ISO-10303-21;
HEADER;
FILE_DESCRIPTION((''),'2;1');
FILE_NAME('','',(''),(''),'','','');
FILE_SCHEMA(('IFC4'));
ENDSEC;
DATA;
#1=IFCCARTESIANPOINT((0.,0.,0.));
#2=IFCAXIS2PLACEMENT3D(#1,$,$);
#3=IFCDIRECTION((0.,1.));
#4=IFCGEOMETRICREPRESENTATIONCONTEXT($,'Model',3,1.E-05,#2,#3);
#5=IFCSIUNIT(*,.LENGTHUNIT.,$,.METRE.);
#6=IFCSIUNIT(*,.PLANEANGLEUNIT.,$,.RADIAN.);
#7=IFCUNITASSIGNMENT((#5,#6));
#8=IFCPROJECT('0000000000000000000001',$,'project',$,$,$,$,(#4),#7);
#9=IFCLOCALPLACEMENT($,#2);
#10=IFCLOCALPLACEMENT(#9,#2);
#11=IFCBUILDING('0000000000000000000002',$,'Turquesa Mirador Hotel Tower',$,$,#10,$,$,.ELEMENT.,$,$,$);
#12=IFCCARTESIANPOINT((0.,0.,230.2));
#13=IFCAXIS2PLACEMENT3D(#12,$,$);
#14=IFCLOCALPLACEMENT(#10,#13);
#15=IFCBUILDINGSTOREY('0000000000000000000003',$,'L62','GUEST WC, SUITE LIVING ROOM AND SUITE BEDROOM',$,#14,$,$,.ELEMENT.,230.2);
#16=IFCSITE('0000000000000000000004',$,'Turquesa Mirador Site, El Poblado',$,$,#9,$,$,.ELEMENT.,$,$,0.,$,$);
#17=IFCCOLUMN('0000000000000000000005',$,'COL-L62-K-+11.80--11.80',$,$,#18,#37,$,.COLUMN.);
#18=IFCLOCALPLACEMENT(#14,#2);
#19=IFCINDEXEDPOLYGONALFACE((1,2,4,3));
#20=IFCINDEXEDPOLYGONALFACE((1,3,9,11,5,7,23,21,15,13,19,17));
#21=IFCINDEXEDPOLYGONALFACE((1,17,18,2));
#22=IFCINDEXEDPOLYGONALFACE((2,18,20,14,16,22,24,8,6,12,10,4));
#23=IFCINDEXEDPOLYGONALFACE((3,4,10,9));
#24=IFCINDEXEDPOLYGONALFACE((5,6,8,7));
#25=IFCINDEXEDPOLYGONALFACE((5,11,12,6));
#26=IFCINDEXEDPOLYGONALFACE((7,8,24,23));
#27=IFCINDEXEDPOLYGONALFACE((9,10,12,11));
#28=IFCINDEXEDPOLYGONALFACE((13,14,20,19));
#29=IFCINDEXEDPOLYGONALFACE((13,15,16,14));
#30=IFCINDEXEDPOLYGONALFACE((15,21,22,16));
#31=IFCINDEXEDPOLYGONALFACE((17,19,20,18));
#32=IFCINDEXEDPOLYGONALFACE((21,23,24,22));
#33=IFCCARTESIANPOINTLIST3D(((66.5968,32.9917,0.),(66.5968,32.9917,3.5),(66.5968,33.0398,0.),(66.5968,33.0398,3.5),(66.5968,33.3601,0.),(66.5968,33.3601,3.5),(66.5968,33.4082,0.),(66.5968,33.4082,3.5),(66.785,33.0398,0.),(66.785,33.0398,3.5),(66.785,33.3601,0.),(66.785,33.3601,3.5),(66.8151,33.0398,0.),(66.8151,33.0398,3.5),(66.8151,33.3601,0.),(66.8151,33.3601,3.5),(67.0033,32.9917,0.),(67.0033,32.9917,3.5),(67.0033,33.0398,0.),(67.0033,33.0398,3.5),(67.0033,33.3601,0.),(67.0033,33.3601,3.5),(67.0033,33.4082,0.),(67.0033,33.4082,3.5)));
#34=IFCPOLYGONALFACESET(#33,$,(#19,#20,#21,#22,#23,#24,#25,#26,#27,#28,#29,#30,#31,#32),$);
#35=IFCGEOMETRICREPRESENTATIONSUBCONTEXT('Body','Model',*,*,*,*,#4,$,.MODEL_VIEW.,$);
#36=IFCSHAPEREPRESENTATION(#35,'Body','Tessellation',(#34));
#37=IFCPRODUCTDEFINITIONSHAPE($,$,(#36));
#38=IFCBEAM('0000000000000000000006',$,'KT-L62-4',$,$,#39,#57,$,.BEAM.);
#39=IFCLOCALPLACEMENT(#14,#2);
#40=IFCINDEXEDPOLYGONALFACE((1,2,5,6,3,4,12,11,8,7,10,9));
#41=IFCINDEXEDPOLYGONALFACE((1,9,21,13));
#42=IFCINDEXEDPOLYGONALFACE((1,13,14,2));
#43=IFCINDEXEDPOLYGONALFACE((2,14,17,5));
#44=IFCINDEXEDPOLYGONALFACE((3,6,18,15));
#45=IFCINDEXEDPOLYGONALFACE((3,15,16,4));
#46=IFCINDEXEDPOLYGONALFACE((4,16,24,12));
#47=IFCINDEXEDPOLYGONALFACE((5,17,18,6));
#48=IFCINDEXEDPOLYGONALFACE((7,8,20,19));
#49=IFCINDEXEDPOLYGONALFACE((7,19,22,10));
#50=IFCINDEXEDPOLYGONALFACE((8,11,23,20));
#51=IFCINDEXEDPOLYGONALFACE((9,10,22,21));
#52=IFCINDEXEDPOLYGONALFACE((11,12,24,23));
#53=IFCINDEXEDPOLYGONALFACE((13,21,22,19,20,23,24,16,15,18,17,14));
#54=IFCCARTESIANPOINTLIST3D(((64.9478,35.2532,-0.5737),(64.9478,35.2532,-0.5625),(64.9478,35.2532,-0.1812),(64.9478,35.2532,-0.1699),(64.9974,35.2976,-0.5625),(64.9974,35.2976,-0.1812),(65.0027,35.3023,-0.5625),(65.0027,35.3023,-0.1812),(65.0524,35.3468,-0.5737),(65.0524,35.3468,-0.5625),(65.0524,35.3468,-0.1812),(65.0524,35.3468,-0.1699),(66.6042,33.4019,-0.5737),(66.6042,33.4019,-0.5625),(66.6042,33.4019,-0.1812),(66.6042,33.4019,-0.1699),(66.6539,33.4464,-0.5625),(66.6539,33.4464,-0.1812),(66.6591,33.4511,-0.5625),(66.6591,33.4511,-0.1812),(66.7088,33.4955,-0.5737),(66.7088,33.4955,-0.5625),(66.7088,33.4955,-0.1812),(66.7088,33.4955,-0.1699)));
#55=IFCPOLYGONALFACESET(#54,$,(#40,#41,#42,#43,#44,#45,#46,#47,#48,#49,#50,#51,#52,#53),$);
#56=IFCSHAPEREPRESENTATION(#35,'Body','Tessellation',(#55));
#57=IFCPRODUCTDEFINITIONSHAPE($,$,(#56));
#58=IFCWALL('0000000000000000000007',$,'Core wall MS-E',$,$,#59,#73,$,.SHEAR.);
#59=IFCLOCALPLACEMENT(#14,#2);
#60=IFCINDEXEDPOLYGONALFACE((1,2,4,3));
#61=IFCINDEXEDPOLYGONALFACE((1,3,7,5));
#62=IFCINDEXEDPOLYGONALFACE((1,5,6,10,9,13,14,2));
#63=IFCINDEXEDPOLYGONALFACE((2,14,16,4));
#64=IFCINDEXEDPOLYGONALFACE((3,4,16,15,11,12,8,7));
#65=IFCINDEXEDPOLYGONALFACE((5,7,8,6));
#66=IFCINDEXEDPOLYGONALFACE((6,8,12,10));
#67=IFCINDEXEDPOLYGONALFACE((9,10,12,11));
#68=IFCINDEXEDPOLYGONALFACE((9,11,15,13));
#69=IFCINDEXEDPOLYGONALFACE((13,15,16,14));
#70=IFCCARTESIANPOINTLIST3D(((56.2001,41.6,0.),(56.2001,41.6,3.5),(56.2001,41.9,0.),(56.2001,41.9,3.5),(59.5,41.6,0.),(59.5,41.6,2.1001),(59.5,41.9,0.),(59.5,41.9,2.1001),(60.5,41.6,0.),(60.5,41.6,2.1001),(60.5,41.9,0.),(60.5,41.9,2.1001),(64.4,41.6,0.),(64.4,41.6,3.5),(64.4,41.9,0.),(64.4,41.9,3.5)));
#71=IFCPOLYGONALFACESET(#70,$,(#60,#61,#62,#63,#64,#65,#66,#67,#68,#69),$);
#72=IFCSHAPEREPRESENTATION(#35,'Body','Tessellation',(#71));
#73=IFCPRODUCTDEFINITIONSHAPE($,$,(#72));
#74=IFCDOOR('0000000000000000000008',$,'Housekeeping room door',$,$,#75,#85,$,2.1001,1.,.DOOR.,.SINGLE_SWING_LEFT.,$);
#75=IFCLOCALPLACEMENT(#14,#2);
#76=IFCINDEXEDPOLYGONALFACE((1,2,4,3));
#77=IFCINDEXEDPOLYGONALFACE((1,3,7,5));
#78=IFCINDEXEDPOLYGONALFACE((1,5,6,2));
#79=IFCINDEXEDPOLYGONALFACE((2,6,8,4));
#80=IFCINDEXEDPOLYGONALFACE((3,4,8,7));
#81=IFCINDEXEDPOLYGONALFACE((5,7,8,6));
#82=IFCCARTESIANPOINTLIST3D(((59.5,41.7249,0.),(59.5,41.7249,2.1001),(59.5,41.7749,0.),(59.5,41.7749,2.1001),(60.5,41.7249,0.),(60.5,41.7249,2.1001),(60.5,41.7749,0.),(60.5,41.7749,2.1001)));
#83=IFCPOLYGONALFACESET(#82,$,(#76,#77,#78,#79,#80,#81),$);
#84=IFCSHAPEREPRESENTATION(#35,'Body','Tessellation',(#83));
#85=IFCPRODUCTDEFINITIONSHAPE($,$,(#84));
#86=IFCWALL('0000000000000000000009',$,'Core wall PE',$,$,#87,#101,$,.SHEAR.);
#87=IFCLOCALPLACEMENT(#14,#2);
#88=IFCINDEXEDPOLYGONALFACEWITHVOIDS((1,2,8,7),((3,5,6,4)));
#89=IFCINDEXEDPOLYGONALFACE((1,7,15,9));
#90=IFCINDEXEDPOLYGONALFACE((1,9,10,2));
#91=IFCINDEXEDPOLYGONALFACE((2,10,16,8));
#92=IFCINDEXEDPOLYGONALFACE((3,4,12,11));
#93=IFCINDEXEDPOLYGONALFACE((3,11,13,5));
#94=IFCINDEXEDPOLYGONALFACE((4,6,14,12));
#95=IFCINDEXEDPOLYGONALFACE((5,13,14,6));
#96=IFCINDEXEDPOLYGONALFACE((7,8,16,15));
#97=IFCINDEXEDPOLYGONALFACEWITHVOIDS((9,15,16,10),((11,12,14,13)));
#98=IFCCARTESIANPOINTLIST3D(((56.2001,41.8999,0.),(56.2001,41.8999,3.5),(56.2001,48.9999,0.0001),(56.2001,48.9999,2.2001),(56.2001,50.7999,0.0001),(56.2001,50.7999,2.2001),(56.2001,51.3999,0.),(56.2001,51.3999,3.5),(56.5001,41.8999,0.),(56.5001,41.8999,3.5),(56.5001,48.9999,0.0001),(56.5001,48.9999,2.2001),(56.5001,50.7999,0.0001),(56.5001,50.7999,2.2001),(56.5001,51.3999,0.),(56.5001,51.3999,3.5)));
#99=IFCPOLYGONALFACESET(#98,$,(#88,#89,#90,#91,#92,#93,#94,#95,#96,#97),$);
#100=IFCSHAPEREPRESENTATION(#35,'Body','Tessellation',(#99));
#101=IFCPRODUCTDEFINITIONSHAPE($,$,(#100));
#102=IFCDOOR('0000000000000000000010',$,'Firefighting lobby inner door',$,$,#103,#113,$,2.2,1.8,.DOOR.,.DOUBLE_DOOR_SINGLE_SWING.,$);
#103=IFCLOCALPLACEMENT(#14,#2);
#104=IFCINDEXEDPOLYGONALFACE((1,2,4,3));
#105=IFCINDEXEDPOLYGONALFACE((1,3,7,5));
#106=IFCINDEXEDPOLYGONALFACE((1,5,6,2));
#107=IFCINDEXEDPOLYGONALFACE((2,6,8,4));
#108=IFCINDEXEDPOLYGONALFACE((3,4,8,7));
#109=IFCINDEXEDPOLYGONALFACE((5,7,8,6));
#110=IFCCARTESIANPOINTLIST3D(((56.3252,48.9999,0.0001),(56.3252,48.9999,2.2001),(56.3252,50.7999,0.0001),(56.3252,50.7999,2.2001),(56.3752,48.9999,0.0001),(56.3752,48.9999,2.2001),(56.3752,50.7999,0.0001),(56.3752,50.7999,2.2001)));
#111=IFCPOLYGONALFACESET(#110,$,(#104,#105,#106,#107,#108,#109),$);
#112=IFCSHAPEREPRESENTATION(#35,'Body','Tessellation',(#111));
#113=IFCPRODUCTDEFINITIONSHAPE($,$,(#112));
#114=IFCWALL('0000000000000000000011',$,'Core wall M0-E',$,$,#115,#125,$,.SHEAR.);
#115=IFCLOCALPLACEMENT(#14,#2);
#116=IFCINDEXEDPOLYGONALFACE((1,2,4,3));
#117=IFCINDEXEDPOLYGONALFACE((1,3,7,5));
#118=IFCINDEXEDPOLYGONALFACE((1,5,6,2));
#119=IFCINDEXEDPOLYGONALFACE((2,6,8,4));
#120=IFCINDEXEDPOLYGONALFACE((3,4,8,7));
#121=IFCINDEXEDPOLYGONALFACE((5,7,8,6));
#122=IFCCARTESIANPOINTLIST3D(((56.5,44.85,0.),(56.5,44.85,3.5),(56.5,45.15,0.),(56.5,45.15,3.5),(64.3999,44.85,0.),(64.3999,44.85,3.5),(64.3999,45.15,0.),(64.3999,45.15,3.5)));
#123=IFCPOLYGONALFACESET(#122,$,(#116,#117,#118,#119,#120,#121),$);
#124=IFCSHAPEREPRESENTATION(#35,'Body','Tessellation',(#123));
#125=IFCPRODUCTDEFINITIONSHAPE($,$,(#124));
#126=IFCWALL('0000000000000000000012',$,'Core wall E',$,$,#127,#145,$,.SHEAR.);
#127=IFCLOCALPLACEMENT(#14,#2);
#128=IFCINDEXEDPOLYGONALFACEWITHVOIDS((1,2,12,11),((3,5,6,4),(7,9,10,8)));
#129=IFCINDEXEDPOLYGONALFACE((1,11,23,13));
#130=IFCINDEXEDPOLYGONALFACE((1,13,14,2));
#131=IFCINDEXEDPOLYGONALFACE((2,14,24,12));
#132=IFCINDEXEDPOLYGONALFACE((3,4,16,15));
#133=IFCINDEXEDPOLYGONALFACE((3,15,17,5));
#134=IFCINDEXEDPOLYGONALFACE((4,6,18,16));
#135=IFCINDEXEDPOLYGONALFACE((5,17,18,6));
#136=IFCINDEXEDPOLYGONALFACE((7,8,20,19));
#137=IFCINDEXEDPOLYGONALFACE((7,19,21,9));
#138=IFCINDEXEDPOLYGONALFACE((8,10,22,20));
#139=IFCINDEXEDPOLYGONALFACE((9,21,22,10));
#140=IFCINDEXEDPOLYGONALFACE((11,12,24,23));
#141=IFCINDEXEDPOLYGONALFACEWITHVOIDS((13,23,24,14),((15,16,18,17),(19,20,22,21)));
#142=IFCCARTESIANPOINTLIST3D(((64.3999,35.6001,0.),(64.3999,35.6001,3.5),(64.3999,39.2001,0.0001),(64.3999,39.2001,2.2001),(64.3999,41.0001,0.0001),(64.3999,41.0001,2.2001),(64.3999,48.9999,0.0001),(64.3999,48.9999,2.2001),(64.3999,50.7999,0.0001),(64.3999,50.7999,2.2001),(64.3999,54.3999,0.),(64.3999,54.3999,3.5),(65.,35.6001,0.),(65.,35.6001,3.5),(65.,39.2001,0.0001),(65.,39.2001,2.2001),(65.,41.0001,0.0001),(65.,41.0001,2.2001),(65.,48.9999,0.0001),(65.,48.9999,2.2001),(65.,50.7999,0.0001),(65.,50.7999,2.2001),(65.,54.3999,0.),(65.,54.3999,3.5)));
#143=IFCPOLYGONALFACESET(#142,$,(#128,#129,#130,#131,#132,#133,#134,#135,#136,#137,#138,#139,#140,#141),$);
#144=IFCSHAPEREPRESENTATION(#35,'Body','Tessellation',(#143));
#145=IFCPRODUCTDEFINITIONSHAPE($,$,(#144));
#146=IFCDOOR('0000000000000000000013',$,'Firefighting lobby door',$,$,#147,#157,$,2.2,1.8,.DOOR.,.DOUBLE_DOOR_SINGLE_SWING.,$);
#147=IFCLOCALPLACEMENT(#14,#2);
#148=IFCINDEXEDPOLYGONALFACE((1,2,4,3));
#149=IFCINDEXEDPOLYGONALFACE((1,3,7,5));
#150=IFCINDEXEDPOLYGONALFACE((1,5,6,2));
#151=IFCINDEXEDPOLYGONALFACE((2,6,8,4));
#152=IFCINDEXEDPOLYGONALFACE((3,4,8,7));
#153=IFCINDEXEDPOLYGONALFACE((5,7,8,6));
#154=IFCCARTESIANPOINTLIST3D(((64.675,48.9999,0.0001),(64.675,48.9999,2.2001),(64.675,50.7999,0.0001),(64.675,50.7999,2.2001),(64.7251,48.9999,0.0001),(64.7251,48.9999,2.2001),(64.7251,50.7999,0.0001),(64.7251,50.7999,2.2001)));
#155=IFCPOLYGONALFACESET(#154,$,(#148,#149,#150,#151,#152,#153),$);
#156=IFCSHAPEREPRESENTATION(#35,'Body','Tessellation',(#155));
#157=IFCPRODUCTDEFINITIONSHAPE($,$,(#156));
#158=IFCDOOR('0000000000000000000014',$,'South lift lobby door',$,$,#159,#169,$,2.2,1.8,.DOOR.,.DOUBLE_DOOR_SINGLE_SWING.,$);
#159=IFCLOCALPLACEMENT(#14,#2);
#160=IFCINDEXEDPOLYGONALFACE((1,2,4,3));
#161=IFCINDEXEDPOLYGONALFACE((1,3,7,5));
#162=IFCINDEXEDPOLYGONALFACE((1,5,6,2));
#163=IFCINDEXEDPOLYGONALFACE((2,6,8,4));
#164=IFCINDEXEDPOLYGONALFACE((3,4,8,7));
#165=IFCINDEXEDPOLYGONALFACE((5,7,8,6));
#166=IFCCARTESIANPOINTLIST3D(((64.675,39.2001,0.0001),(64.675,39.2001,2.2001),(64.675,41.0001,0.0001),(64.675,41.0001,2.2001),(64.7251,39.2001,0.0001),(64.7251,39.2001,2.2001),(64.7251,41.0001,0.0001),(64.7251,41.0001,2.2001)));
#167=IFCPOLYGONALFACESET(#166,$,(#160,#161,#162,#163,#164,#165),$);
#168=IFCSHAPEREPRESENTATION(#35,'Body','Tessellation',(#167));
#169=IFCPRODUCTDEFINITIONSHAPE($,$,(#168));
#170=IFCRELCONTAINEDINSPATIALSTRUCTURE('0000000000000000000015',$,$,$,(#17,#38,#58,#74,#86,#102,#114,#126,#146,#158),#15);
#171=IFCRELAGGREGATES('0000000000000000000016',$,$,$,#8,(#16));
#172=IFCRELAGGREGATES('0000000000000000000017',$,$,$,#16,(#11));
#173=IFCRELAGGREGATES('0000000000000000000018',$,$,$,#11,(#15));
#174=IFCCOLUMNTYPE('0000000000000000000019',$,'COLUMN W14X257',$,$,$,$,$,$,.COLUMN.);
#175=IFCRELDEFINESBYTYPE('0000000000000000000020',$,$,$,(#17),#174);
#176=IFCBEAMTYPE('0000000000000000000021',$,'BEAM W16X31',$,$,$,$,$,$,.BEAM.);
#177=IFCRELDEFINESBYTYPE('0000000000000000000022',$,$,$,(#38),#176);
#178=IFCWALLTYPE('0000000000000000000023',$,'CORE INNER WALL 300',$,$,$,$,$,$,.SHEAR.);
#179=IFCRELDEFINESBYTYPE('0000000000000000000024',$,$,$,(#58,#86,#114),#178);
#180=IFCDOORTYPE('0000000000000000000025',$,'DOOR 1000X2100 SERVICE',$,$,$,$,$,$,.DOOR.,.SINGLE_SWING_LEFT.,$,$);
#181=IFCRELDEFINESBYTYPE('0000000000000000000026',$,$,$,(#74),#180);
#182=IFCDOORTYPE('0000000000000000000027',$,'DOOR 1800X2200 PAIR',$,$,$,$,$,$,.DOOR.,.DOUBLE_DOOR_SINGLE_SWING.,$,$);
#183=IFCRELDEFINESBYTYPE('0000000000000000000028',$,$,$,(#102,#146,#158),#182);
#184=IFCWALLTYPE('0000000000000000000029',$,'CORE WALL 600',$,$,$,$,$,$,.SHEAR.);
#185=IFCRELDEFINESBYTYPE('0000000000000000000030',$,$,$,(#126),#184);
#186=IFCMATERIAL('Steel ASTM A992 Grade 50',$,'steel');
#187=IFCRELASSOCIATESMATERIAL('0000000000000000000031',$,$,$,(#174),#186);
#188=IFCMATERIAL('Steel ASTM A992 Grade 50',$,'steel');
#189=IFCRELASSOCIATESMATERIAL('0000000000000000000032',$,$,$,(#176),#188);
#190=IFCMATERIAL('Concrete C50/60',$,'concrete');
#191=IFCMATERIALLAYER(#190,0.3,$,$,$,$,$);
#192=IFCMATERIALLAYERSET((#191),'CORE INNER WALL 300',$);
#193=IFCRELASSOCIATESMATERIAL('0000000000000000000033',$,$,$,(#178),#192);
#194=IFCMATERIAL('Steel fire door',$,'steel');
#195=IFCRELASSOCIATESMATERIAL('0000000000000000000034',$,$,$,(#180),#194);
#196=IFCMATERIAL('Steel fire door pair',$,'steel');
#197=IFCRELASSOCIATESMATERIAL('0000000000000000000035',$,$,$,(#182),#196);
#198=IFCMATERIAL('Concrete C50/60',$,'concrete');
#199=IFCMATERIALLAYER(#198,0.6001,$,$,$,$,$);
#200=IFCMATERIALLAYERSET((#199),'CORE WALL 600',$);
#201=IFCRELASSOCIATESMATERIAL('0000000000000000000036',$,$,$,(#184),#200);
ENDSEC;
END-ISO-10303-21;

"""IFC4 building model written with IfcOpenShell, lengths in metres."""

from ifc_helpers import new_model, si_unit, direction, frame, frame_2d, origin, origin_2d, place, context, subcontext, project, spatial, rectangle, i_section, extrude, material, layer, layer_set, material_profile, profile_set, type_object, element, fill, save


model = new_model("IFC4")

# Units and contexts
model_context = context("Model", 3, precision=1e-05, world=origin(), true_north=direction((0.0, 1.0)))
body_context = subcontext(model_context, "Body", "Model", "MODEL_VIEW")
ifc_project = project(units=[si_unit("LENGTHUNIT", "METRE"), si_unit("PLANEANGLEUNIT", "RADIAN")], contexts=[model_context])

# Site, building, storey
site_placement = place(None, origin())
site = spatial("IfcSite", under=ifc_project, at=site_placement, Name="Turquesa Mirador Site, El Poblado", CompositionType="ELEMENT", RefElevation=0.0)
building_placement = place(site_placement, origin())
building = spatial("IfcBuilding", under=site, at=building_placement, Name="Turquesa Mirador Hotel Tower", CompositionType="ELEMENT")
storey_placement = place(building_placement, frame((0.0, 0.0, 230.2)))
storey = spatial("IfcBuildingStorey", under=building, at=storey_placement, Name="L62", Description="GUEST WC, SUITE LIVING ROOM AND SUITE BEDROOM", CompositionType="ELEMENT", Elevation=230.2)

# Column
ifc_material_1 = material(Name="Steel ASTM A992 Grade 50", Category="steel")
ifc_material_profile_1 = material_profile(ifc_material_1, i_section(OverallWidth=0.4065, OverallDepth=0.4165, WebThickness=0.03, FlangeThickness=0.0481, at=origin_2d()), Name="W14X257")
ifc_profile_set_1 = profile_set([ifc_material_profile_1], Name="Steel ASTM A992 Grade 50")
column_type = type_object("IfcColumnType", Name="COLUMN W14X257", PredefinedType="COLUMN", material=ifc_profile_set_1)
column_placement = place(storey_placement, frame((66.8, 33.2, 0.0), z_axis=(0.0, 0.0, 1.0), x_axis=(1.0, 0.0, 0.0)))
element("IfcColumn", 1, at=column_placement, inside=storey, type_object=column_type, Name="COL-L62-K-+11.80--11.80", PredefinedType="COLUMN", context=body_context, shape_type="SweptSolid", body=[
    extrude(i_section(OverallWidth=0.4065, OverallDepth=0.4165, WebThickness=0.03, FlangeThickness=0.0481, at=origin_2d()), origin(), (0.0, 0.0, 1.0), 3.5),
])

# Beam
ifc_material_2 = material(Name="Steel ASTM A992 Grade 50", Category="steel")
ifc_material_profile_2 = material_profile(ifc_material_2, i_section(OverallWidth=0.1404, OverallDepth=0.4038, WebThickness=0.0071, FlangeThickness=0.0112, at=origin_2d()), Name="W16X31")
ifc_profile_set_2 = profile_set([ifc_material_profile_2], Name="Steel ASTM A992 Grade 50")
beam_type = type_object("IfcBeamType", Name="BEAM W16X31", PredefinedType="BEAM", material=ifc_profile_set_2)
beam_placement = place(storey_placement, frame((66.6565, 33.4487, -0.3718), z_axis=(-0.666806, 0.745231, 0.0), x_axis=(-0.745231, -0.666806, 0.0)))
element("IfcBeam", 2, at=beam_placement, inside=storey, type_object=beam_type, Name="KT-L62-4", PredefinedType="BEAM", context=body_context, shape_type="SweptSolid", body=[
    extrude(i_section(OverallWidth=0.1404, OverallDepth=0.4038, WebThickness=0.0071, FlangeThickness=0.0112, at=origin_2d()), origin(), (0.0, 0.0, 1.0), 2.4841),
])

# Walls, openings, doors
ifc_material_3 = material(Name="Concrete C50/60", Category="concrete")
ifc_layer_1 = layer(ifc_material_3, 0.3)
ifc_layer_set_1 = layer_set([ifc_layer_1], Name="CORE INNER WALL 300")
wall_type_1 = type_object("IfcWallType", Name="CORE INNER WALL 300", PredefinedType="SHEAR", material=ifc_layer_set_1)
wall_1_placement = place(storey_placement, frame((56.2, 41.75, 0.0), z_axis=(0.0, 0.0, 1.0), x_axis=(1.0, 0.0, 0.0)))
wall_1 = element("IfcWall", 3, at=wall_1_placement, inside=storey, type_object=wall_type_1, Name="Core wall MS-E", PredefinedType="SHEAR", context=body_context, shape_type="SweptSolid", body=[
    extrude(rectangle(XDim=8.2, YDim=0.3, at=frame_2d((4.1001, 0.0))), origin(), (0.0, 0.0, 1.0), 3.5),
])
opening_1_placement = place(wall_1_placement, frame((3.3, 0.0, 0.0)))
opening_1 = element("IfcOpeningElement", 4, at=opening_1_placement, cuts=wall_1, PredefinedType="OPENING", context=body_context, shape_type="SweptSolid", body=[
    extrude(rectangle(XDim=1.0, YDim=2.1001, at=frame_2d((0.5, 1.05))), frame((0.0, 0.1599, 0.0), z_axis=(0.0, -1.0, 0.0), x_axis=(1.0, 0.0, 0.0)), (0.0, 0.0, 1.0), 0.3201),
])
ifc_material_4 = material(Name="Steel fire door", Category="steel")
door_type_1 = type_object("IfcDoorType", Name="DOOR 1000X2100 SERVICE", OperationType="SINGLE_SWING_LEFT", PredefinedType="DOOR", material=ifc_material_4)
door_1_placement = place(opening_1_placement, origin())
door_1 = element("IfcDoor", 5, at=door_1_placement, inside=storey, type_object=door_type_1, Name="Housekeeping room door", OperationType="SINGLE_SWING_LEFT", OverallHeight=2.1001, OverallWidth=1.0, PredefinedType="DOOR", context=body_context, shape_type="SweptSolid", body=[
    extrude(rectangle(XDim=1.0, YDim=2.1001, at=frame_2d((0.5, 1.05))), frame((0.0, 0.0249, 0.0), z_axis=(0.0, -1.0, 0.0), x_axis=(1.0, 0.0, 0.0)), (0.0, 0.0, 1.0), 0.05),
])
fill(opening_1, door_1)
wall_2_placement = place(storey_placement, frame((56.3501, 41.8999, 0.0), z_axis=(0.0, 0.0, 1.0), x_axis=(0.0, 1.0, 0.0)))
wall_2 = element("IfcWall", 6, at=wall_2_placement, inside=storey, type_object=wall_type_1, Name="Core wall PE", PredefinedType="SHEAR", context=body_context, shape_type="SweptSolid", body=[
    extrude(rectangle(XDim=9.5, YDim=0.3, at=frame_2d((4.75, 0.0))), origin(), (0.0, 0.0, 1.0), 3.5),
])
opening_2_placement = place(wall_2_placement, frame((7.1001, 0.0, 0.0)))
opening_2 = element("IfcOpeningElement", 7, at=opening_2_placement, cuts=wall_2, PredefinedType="OPENING", context=body_context, shape_type="SweptSolid", body=[
    extrude(rectangle(XDim=1.8, YDim=2.2, at=frame_2d((0.8999, 1.1001))), frame((0.0, 0.1599, 0.0), z_axis=(0.0, -1.0, 0.0), x_axis=(1.0, 0.0, 0.0)), (0.0, 0.0, 1.0), 0.3201),
])
ifc_material_5 = material(Name="Steel fire door pair", Category="steel")
door_type_2 = type_object("IfcDoorType", Name="DOOR 1800X2200 PAIR", OperationType="DOUBLE_DOOR_SINGLE_SWING", PredefinedType="DOOR", material=ifc_material_5)
door_2_placement = place(opening_2_placement, origin())
door_2 = element("IfcDoor", 8, at=door_2_placement, inside=storey, type_object=door_type_2, Name="Firefighting lobby inner door", OperationType="DOUBLE_DOOR_SINGLE_SWING", OverallHeight=2.2, OverallWidth=1.8, PredefinedType="DOOR", context=body_context, shape_type="SweptSolid", body=[
    extrude(rectangle(XDim=1.8, YDim=2.2, at=frame_2d((0.8999, 1.1001))), frame((0.0, 0.0249, 0.0), z_axis=(0.0, -1.0, 0.0), x_axis=(1.0, 0.0, 0.0)), (0.0, 0.0, 1.0), 0.05),
])
fill(opening_2, door_2)

# Wall
wall_3_placement = place(storey_placement, frame((56.5, 45.0, 0.0), z_axis=(0.0, 0.0, 1.0), x_axis=(1.0, 0.0, 0.0)))
element("IfcWall", 9, at=wall_3_placement, inside=storey, type_object=wall_type_1, Name="Core wall M0-E", PredefinedType="SHEAR", context=body_context, shape_type="SweptSolid", body=[
    extrude(rectangle(XDim=7.8999, YDim=0.3, at=frame_2d((3.95, 0.0))), origin(), (0.0, 0.0, 1.0), 3.5),
])

# Wall, openings, doors
ifc_material_6 = material(Name="Concrete C50/60", Category="concrete")
ifc_layer_2 = layer(ifc_material_6, 0.6001)
ifc_layer_set_2 = layer_set([ifc_layer_2], Name="CORE WALL 600")
wall_type_2 = type_object("IfcWallType", Name="CORE WALL 600", PredefinedType="SHEAR", material=ifc_layer_set_2)
wall_4_placement = place(storey_placement, frame((64.7, 35.6001, 0.0), z_axis=(0.0, 0.0, 1.0), x_axis=(0.0, 1.0, 0.0)))
wall_4 = element("IfcWall", 10, at=wall_4_placement, inside=storey, type_object=wall_type_2, Name="Core wall E", PredefinedType="SHEAR", context=body_context, shape_type="SweptSolid", body=[
    extrude(rectangle(XDim=18.7998, YDim=0.6001, at=frame_2d((9.3999, 0.0))), origin(), (0.0, 0.0, 1.0), 3.5),
])
opening_3_placement = place(wall_4_placement, frame((13.3999, 0.0, 0.0)))
opening_3 = element("IfcOpeningElement", 11, at=opening_3_placement, cuts=wall_4, PredefinedType="OPENING", context=body_context, shape_type="SweptSolid", body=[
    extrude(rectangle(XDim=1.8, YDim=2.2, at=frame_2d((0.8999, 1.1001))), frame((0.0, 0.3101, 0.0), z_axis=(0.0, -1.0, 0.0), x_axis=(1.0, 0.0, 0.0)), (0.0, 0.0, 1.0), 0.6201),
])
opening_4_placement = place(wall_4_placement, frame((3.6001, 0.0, 0.0)))
opening_4 = element("IfcOpeningElement", 12, at=opening_4_placement, cuts=wall_4, PredefinedType="OPENING", context=body_context, shape_type="SweptSolid", body=[
    extrude(rectangle(XDim=1.8, YDim=2.2, at=frame_2d((0.8999, 1.1001))), frame((0.0, 0.3101, 0.0), z_axis=(0.0, -1.0, 0.0), x_axis=(1.0, 0.0, 0.0)), (0.0, 0.0, 1.0), 0.6201),
])
door_3_placement = place(opening_3_placement, origin())
door_3 = element("IfcDoor", 13, at=door_3_placement, inside=storey, type_object=door_type_2, Name="Firefighting lobby door", OperationType="DOUBLE_DOOR_SINGLE_SWING", OverallHeight=2.2, OverallWidth=1.8, PredefinedType="DOOR", context=body_context, shape_type="SweptSolid", body=[
    extrude(rectangle(XDim=1.8, YDim=2.2, at=frame_2d((0.8999, 1.1001))), frame((0.0, 0.0249, 0.0), z_axis=(0.0, -1.0, 0.0), x_axis=(1.0, 0.0, 0.0)), (0.0, 0.0, 1.0), 0.05),
])
fill(opening_3, door_3)
door_4_placement = place(opening_4_placement, origin())
door_4 = element("IfcDoor", 14, at=door_4_placement, inside=storey, type_object=door_type_2, Name="South lift lobby door", OperationType="DOUBLE_DOOR_SINGLE_SWING", OverallHeight=2.2, OverallWidth=1.8, PredefinedType="DOOR", context=body_context, shape_type="SweptSolid", body=[
    extrude(rectangle(XDim=1.8, YDim=2.2, at=frame_2d((0.8999, 1.1001))), frame((0.0, 0.0249, 0.0), z_axis=(0.0, -1.0, 0.0), x_axis=(1.0, 0.0, 0.0)), (0.0, 0.0, 1.0), 0.05),
])
fill(opening_4, door_4)

save(model, "model.ifc")
